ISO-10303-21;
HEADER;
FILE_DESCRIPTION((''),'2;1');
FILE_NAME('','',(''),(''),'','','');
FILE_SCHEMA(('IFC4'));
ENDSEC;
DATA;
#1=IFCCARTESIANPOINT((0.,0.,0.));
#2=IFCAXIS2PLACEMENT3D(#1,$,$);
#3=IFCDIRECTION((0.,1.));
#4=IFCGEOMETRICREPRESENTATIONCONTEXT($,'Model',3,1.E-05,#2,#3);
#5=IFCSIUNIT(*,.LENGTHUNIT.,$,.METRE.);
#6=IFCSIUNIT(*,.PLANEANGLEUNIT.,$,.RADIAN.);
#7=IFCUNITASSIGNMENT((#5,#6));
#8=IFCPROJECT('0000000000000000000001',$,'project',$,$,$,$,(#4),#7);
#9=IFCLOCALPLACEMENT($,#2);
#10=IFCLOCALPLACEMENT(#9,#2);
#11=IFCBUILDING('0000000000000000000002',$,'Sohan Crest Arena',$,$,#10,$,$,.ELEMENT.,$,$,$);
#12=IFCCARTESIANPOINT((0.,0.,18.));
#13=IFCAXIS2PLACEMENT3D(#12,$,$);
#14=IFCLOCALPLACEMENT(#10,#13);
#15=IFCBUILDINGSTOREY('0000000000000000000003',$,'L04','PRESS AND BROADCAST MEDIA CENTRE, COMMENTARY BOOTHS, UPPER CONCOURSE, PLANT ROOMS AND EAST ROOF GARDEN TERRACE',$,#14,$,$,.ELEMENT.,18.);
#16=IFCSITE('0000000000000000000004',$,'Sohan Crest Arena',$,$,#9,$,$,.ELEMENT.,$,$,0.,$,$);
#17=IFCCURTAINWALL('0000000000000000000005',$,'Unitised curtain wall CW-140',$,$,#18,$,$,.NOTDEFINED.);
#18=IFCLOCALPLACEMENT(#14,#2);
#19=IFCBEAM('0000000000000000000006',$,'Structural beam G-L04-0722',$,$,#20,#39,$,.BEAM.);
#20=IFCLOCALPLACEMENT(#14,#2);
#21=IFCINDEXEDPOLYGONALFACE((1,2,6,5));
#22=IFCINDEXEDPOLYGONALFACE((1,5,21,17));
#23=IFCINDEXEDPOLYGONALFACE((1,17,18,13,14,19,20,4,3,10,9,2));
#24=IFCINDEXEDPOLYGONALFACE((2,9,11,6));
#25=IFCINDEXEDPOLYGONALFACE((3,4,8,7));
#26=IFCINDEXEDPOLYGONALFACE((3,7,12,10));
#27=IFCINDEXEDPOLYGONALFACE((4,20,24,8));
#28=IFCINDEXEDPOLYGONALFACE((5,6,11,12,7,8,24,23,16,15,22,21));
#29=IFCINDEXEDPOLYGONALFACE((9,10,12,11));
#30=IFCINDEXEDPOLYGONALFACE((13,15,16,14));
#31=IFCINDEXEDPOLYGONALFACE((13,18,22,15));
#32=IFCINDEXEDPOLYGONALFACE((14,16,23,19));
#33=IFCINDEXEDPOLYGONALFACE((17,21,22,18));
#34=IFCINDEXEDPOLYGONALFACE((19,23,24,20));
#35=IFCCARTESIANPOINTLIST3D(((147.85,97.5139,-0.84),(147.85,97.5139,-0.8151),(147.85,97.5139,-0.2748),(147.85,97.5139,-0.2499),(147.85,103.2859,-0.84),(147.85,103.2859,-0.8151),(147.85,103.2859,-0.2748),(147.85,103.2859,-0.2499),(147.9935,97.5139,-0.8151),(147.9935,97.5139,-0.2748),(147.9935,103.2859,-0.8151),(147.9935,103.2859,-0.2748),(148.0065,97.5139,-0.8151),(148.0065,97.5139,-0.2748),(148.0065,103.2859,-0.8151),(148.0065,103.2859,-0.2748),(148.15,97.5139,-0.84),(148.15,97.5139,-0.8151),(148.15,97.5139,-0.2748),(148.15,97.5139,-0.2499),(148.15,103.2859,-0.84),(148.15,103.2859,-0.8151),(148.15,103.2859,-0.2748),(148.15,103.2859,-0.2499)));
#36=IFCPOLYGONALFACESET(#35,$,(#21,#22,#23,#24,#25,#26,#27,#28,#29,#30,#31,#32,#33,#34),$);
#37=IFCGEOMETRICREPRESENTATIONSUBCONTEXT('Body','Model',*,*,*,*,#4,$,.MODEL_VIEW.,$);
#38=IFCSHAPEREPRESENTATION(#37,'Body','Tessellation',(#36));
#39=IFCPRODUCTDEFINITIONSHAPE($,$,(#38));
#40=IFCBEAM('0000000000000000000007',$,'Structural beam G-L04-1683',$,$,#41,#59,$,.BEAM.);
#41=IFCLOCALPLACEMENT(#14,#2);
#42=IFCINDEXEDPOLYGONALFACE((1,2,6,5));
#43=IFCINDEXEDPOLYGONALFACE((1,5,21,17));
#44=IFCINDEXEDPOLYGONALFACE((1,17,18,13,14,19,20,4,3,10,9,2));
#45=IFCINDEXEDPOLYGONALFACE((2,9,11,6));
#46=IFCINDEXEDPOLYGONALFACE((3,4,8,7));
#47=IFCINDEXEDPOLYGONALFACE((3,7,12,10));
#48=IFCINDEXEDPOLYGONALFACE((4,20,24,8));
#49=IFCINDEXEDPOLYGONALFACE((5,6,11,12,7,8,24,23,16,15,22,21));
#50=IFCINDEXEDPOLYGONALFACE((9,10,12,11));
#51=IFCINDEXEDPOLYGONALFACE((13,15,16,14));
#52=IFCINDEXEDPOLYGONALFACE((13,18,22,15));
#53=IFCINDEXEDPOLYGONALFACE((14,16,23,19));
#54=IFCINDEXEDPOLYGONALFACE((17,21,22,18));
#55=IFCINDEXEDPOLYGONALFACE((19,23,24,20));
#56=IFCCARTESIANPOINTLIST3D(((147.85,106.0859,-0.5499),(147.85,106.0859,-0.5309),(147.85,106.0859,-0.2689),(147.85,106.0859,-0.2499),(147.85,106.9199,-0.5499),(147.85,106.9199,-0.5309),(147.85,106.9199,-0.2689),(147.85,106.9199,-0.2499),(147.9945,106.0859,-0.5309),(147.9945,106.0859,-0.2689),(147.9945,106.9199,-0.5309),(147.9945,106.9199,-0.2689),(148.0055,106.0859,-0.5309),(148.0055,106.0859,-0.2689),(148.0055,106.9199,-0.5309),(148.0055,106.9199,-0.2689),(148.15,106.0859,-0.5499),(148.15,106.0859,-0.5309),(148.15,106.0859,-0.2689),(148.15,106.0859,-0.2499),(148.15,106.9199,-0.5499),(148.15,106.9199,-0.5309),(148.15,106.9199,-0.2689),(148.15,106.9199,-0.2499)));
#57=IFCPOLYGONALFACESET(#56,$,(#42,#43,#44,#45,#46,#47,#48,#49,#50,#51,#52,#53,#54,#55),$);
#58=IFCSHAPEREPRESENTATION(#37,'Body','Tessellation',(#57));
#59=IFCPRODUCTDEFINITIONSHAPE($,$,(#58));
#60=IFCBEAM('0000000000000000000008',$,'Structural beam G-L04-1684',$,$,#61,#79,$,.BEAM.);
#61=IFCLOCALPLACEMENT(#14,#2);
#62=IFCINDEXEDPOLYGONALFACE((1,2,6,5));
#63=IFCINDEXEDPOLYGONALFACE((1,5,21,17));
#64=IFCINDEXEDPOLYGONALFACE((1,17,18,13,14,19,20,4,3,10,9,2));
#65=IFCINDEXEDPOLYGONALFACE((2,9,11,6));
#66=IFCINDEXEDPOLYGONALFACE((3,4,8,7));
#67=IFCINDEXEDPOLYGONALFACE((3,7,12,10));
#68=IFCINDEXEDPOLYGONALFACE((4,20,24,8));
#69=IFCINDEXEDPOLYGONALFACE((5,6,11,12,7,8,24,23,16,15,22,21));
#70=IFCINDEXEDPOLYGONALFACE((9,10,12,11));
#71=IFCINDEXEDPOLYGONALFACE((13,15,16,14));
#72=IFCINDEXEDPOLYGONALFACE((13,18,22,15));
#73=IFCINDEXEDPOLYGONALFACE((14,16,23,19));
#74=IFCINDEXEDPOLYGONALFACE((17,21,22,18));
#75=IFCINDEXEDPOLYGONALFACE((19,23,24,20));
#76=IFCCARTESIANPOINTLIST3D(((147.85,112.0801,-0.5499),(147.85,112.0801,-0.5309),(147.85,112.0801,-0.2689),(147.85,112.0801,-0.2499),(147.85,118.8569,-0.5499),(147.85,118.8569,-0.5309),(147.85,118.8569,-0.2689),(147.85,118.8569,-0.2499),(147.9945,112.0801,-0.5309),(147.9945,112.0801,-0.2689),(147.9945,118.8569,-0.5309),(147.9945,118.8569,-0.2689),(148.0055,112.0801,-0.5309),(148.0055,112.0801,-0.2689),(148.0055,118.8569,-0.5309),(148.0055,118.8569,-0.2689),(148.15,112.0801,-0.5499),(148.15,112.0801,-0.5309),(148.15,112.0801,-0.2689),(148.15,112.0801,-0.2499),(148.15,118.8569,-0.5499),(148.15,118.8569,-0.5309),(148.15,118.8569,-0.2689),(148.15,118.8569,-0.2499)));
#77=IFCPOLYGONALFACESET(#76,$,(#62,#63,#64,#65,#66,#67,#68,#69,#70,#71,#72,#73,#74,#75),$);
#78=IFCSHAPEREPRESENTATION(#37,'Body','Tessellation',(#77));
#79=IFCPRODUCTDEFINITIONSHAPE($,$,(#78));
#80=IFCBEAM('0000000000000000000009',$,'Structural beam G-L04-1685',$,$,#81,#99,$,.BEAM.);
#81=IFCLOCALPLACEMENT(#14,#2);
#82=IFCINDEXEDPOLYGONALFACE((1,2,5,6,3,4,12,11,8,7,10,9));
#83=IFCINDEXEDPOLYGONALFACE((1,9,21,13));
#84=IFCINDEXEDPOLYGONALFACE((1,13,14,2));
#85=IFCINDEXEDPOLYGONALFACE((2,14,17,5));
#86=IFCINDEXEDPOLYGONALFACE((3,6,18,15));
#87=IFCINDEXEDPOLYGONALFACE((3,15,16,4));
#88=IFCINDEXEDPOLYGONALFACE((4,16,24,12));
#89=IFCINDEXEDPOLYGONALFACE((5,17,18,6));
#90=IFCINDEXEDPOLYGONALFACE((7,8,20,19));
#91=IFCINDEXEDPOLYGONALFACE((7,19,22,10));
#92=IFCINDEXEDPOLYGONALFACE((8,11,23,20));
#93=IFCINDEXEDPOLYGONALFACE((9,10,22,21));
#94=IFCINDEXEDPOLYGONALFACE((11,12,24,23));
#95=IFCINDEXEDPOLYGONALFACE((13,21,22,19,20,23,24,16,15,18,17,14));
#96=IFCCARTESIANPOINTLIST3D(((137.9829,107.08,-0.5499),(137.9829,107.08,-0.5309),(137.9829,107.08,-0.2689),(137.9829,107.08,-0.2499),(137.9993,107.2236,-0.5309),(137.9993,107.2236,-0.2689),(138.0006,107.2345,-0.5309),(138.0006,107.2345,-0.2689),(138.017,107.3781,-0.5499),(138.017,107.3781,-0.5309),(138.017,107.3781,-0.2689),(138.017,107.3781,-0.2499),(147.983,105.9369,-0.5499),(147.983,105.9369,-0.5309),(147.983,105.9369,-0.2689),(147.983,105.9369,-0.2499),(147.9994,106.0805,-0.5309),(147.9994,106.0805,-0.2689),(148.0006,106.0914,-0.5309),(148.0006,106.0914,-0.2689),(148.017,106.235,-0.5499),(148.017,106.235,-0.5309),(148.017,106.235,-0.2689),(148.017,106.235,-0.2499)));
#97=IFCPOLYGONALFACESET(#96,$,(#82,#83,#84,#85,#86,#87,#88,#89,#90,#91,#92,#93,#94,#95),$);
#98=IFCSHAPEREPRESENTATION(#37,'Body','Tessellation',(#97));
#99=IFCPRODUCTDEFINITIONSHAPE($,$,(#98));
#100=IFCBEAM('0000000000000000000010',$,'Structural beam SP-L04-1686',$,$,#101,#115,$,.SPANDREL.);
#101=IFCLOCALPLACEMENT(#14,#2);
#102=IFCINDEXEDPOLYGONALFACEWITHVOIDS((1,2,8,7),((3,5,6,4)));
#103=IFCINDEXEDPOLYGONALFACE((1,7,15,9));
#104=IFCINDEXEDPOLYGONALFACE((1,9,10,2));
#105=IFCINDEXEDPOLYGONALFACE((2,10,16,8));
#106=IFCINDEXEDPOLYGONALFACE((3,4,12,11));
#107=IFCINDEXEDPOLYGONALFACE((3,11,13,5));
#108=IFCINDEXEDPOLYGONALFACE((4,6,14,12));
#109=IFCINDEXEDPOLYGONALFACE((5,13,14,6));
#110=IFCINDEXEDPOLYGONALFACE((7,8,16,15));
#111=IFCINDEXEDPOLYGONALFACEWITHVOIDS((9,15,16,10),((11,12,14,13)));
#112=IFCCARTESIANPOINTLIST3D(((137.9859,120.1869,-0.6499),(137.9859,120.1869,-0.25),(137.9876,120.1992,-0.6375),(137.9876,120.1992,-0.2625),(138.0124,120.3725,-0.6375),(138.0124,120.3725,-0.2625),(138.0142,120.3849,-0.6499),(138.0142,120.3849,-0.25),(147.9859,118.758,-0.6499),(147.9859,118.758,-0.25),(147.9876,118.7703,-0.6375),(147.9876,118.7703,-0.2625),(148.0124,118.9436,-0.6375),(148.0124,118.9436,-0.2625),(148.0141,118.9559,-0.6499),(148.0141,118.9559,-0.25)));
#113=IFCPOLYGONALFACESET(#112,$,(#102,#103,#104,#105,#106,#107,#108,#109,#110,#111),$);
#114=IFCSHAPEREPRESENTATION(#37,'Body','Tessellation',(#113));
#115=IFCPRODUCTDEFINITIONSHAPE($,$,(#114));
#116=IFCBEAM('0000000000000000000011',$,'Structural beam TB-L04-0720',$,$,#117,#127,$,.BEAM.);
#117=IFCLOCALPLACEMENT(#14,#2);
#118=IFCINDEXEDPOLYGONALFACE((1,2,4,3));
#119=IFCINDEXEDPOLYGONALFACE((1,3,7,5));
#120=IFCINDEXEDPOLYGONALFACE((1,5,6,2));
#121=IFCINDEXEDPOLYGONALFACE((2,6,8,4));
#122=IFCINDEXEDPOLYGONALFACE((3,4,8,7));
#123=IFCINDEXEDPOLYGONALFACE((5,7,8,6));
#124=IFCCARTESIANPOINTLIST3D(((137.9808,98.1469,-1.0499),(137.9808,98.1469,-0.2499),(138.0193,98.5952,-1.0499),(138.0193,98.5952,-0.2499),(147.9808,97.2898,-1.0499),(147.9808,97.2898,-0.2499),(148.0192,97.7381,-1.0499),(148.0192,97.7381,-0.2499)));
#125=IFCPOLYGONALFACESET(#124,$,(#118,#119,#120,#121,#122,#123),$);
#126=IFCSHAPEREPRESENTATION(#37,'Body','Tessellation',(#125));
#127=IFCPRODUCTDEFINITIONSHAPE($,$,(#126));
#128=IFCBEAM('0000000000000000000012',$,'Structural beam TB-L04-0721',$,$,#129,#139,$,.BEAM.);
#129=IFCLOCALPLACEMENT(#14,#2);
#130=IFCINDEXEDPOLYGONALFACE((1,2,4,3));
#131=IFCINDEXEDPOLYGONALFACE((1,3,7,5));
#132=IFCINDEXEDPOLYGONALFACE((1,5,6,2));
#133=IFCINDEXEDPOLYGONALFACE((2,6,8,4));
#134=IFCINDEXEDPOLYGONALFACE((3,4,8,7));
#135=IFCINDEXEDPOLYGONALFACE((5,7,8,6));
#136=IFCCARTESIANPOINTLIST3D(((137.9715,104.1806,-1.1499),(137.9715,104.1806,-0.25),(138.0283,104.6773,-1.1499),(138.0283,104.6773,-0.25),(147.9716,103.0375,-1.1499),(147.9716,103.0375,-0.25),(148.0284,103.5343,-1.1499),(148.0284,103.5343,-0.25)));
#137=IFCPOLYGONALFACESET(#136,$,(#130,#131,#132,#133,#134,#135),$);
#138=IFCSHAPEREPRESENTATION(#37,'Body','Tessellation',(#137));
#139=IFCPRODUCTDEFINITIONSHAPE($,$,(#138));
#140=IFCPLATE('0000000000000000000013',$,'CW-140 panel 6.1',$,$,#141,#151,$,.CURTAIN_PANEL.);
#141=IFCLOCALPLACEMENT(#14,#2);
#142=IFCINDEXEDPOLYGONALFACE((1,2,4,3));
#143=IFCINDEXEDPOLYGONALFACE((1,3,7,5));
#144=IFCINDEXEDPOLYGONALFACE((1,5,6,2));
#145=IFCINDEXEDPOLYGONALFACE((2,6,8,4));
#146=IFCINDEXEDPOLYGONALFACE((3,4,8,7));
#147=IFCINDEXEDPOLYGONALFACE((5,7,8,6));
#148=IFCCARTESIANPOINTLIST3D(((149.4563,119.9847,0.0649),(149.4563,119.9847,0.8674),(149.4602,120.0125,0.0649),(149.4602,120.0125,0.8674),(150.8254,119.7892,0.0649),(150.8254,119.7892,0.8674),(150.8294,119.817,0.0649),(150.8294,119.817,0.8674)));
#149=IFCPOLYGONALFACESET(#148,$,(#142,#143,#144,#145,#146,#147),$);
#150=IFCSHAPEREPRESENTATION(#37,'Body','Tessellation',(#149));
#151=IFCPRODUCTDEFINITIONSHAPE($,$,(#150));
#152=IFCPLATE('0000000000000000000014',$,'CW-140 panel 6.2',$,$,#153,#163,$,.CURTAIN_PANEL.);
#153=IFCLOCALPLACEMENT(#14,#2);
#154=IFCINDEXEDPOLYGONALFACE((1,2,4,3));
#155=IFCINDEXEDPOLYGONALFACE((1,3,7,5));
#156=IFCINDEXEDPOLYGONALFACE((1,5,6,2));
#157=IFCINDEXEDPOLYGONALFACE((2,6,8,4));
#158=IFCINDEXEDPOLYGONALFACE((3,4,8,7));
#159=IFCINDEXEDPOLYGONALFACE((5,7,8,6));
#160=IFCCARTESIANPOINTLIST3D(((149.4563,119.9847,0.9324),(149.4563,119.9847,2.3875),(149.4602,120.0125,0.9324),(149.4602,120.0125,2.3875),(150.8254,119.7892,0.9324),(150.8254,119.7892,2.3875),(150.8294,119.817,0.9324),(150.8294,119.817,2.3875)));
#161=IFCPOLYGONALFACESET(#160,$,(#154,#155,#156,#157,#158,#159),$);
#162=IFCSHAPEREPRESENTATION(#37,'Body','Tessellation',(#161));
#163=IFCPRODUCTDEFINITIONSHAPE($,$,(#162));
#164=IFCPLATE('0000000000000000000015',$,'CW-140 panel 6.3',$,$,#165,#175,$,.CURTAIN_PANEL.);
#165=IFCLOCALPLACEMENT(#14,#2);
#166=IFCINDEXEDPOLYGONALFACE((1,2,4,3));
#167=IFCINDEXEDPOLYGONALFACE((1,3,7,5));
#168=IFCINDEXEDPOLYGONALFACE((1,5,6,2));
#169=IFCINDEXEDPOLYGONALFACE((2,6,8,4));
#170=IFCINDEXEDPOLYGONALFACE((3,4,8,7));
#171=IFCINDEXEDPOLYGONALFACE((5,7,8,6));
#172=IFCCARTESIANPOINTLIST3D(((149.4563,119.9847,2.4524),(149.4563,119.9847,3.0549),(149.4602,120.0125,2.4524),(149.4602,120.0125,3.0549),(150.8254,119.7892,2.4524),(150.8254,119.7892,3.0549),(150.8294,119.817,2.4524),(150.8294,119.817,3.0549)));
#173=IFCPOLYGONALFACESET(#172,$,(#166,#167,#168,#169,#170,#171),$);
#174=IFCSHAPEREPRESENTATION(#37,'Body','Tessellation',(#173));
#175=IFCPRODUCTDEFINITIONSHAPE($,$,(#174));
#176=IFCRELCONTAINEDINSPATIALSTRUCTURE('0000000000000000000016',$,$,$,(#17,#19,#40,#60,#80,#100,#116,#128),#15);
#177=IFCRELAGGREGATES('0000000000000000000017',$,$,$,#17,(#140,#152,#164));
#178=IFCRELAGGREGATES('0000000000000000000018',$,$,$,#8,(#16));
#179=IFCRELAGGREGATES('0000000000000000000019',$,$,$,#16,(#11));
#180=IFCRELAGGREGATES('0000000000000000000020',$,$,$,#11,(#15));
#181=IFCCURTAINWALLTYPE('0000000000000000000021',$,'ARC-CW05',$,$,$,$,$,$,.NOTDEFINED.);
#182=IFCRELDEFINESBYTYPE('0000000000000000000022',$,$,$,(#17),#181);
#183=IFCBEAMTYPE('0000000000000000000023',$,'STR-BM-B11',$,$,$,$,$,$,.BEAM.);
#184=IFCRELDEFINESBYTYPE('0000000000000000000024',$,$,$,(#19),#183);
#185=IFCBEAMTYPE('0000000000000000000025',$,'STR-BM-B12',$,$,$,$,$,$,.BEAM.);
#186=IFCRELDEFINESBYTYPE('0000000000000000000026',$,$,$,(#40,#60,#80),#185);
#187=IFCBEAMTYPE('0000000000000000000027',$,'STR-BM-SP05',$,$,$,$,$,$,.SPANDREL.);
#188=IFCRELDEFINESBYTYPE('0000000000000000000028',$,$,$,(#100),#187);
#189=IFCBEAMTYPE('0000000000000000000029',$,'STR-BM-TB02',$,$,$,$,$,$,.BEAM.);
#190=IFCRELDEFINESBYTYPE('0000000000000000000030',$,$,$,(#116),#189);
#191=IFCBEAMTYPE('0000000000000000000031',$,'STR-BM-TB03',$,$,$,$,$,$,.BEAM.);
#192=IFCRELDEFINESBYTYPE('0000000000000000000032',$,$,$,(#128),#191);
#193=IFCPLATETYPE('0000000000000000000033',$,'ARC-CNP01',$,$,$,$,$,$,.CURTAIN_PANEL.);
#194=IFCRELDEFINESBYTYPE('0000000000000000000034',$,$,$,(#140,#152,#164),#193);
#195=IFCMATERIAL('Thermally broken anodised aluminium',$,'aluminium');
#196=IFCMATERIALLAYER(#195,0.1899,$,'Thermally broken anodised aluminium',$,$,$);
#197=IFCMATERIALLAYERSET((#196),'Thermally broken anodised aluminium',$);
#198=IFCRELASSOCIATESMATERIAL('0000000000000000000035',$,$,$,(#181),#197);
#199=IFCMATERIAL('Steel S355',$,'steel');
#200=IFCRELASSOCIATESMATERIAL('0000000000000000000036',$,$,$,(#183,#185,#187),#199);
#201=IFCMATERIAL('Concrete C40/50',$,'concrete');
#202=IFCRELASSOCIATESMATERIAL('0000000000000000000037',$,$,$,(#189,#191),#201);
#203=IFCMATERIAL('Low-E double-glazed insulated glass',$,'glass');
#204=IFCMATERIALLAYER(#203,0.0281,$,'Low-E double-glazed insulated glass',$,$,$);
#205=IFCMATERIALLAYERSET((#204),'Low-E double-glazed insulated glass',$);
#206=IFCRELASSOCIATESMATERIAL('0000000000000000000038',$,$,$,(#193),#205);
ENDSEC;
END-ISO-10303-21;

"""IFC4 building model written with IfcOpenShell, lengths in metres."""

from ifc_helpers import new_model, si_unit, direction, frame, origin, origin_2d, place, context, subcontext, project, spatial, rectangle, hollow_rectangle, i_section, extrude, material, layer, layer_set, material_profile, profile_set, type_object, element, aggregate, save


model = new_model("IFC4")

# Units and contexts
model_context = context("Model", 3, precision=1e-05, world=origin(), true_north=direction((0.0, 1.0)))
body_context = subcontext(model_context, "Body", "Model", "MODEL_VIEW")
ifc_project = project(units=[si_unit("LENGTHUNIT", "METRE"), si_unit("PLANEANGLEUNIT", "RADIAN")], contexts=[model_context])

# Site, building, storey
site_placement = place(None, origin())
site = spatial("IfcSite", under=ifc_project, at=site_placement, Name="Sohan Crest Arena", CompositionType="ELEMENT", RefElevation=0.0)
building_placement = place(site_placement, origin())
building = spatial("IfcBuilding", under=site, at=building_placement, Name="Sohan Crest Arena", CompositionType="ELEMENT")
storey_placement = place(building_placement, frame((0.0, 0.0, 18.0)))
storey = spatial("IfcBuildingStorey", under=building, at=storey_placement, Name="L04", Description="PRESS AND BROADCAST MEDIA CENTRE, COMMENTARY BOOTHS, UPPER CONCOURSE, PLANT ROOMS AND EAST ROOF GARDEN TERRACE", CompositionType="ELEMENT", Elevation=18.0)

# Shared definitions
ifc_material_1 = material(Name="Concrete C40/50", Category="concrete")
ifc_material_2 = material(Name="Steel S355", Category="steel")

# Curtain wall
ifc_material_3 = material(Name="Thermally broken anodised aluminium", Category="aluminium")
ifc_layer_1 = layer(ifc_material_3, 0.1899, Name="Thermally broken anodised aluminium")
ifc_layer_set_1 = layer_set([ifc_layer_1], Name="Thermally broken anodised aluminium")
curtain_wall_type = type_object("IfcCurtainWallType", Name="ARC-CW05", PredefinedType="NOTDEFINED", material=ifc_layer_set_1)
curtain_wall_placement = place(storey_placement, origin())
curtain_wall = element("IfcCurtainWall", 1, at=curtain_wall_placement, inside=storey, type_object=curtain_wall_type, Name="Unitised curtain wall CW-140", PredefinedType="NOTDEFINED")

# Beams
ifc_material_profile_1 = material_profile(ifc_material_2, i_section(OverallWidth=0.3, OverallDepth=0.5901, WebThickness=0.0129, FlangeThickness=0.0249, at=origin_2d()), Name="HEA 600")
ifc_profile_set_1 = profile_set([ifc_material_profile_1], Name="Steel S355")
beam_type_1 = type_object("IfcBeamType", Name="STR-BM-B11", PredefinedType="BEAM", material=ifc_profile_set_1)
beam_1_placement = place(storey_placement, frame((148.0, 97.5139, -0.5449), z_axis=(0.0, 1.0, 0.0), x_axis=(-1.0, 0.0, 0.0)))
element("IfcBeam", 2, at=beam_1_placement, inside=storey, type_object=beam_type_1, Name="Structural beam G-L04-0722", PredefinedType="BEAM", context=body_context, shape_type="SweptSolid", body=[
    extrude(i_section(OverallWidth=0.3, OverallDepth=0.5901, WebThickness=0.0129, FlangeThickness=0.0249, at=origin_2d()), origin(), (0.0, 0.0, 1.0), 5.772),
])
ifc_material_profile_2 = material_profile(ifc_material_2, i_section(OverallWidth=0.3, OverallDepth=0.3, WebThickness=0.011, FlangeThickness=0.019, at=origin_2d()), Name="HEB 300")
ifc_profile_set_2 = profile_set([ifc_material_profile_2], Name="Steel S355")
beam_type_2 = type_object("IfcBeamType", Name="STR-BM-B12", PredefinedType="BEAM", material=ifc_profile_set_2)
beam_2_placement = place(storey_placement, frame((148.0, 106.0859, -0.3999), z_axis=(0.0, 1.0, 0.0), x_axis=(-1.0, 0.0, 0.0)))
element("IfcBeam", 3, at=beam_2_placement, inside=storey, type_object=beam_type_2, Name="Structural beam G-L04-1683", PredefinedType="BEAM", context=body_context, shape_type="SweptSolid", body=[
    extrude(i_section(OverallWidth=0.3, OverallDepth=0.3, WebThickness=0.011, FlangeThickness=0.019, at=origin_2d()), origin(), (0.0, 0.0, 1.0), 0.834),
])
beam_3_placement = place(storey_placement, frame((148.0, 112.0801, -0.3999), z_axis=(0.0, 1.0, 0.0), x_axis=(-1.0, 0.0, 0.0)))
element("IfcBeam", 4, at=beam_3_placement, inside=storey, type_object=beam_type_2, Name="Structural beam G-L04-1684", PredefinedType="BEAM", context=body_context, shape_type="SweptSolid", body=[
    extrude(i_section(OverallWidth=0.3, OverallDepth=0.3, WebThickness=0.011, FlangeThickness=0.019, at=origin_2d()), origin(), (0.0, 0.0, 1.0), 6.7769),
])
beam_4_placement = place(storey_placement, frame((148.0, 106.0859, -0.3999), z_axis=(-0.99353, 0.113567, 0.0), x_axis=(-0.113567, -0.99353, 0.0)))
element("IfcBeam", 5, at=beam_4_placement, inside=storey, type_object=beam_type_2, Name="Structural beam G-L04-1685", PredefinedType="BEAM", context=body_context, shape_type="SweptSolid", body=[
    extrude(i_section(OverallWidth=0.3, OverallDepth=0.3, WebThickness=0.011, FlangeThickness=0.019, at=origin_2d()), origin(), (0.0, 0.0, 1.0), 10.0652),
])
ifc_material_profile_3 = material_profile(ifc_material_2, hollow_rectangle(XDim=0.2, YDim=0.3999, WallThickness=0.0125, at=origin_2d()), Name="RHS 400x200x12.5")
ifc_profile_set_3 = profile_set([ifc_material_profile_3], Name="Steel S355")
beam_type_3 = type_object("IfcBeamType", Name="STR-BM-SP05", PredefinedType="SPANDREL", material=ifc_profile_set_3)
beam_5_placement = place(storey_placement, frame((148.0, 118.8569, -0.45), z_axis=(-0.989944, 0.141459, 0.0), x_axis=(-0.141459, -0.989944, 0.0)))
element("IfcBeam", 6, at=beam_5_placement, inside=storey, type_object=beam_type_3, Name="Structural beam SP-L04-1686", PredefinedType="SPANDREL", context=body_context, shape_type="SweptSolid", body=[
    extrude(hollow_rectangle(XDim=0.2, YDim=0.3999, WallThickness=0.0125, at=origin_2d()), origin(), (0.0, 0.0, 1.0), 10.1016),
])
ifc_material_profile_4 = material_profile(ifc_material_1, rectangle(XDim=0.45, YDim=0.8, at=origin_2d()), Name="RC-BM 450x800")
ifc_profile_set_4 = profile_set([ifc_material_profile_4], Name="Concrete C40/50")
beam_type_4 = type_object("IfcBeamType", Name="STR-BM-TB02", PredefinedType="BEAM", material=ifc_profile_set_4)
beam_6_placement = place(storey_placement, frame((148.0, 97.5139, -0.6499), z_axis=(-0.996346, 0.085405, 0.0), x_axis=(-0.085405, -0.996346, 0.0)))
element("IfcBeam", 7, at=beam_6_placement, inside=storey, type_object=beam_type_4, Name="Structural beam TB-L04-0720", PredefinedType="BEAM", context=body_context, shape_type="SweptSolid", body=[
    extrude(rectangle(XDim=0.45, YDim=0.8, at=origin_2d()), origin(), (0.0, 0.0, 1.0), 10.0366),
])
ifc_material_profile_5 = material_profile(ifc_material_1, rectangle(XDim=0.5, YDim=0.8999, at=origin_2d()), Name="RC-BM 500x900")
ifc_profile_set_5 = profile_set([ifc_material_profile_5], Name="Concrete C40/50")
beam_type_5 = type_object("IfcBeamType", Name="STR-BM-TB03", PredefinedType="BEAM", material=ifc_profile_set_5)
beam_7_placement = place(storey_placement, frame((148.0, 103.2859, -0.7), z_axis=(-0.99353, 0.113567, 0.0), x_axis=(-0.113567, -0.99353, 0.0)))
element("IfcBeam", 8, at=beam_7_placement, inside=storey, type_object=beam_type_5, Name="Structural beam TB-L04-0721", PredefinedType="BEAM", context=body_context, shape_type="SweptSolid", body=[
    extrude(rectangle(XDim=0.5, YDim=0.8999, at=origin_2d()), origin(), (0.0, 0.0, 1.0), 10.0652),
])

# Plates
ifc_material_4 = material(Name="Low-E double-glazed insulated glass", Category="glass")
ifc_layer_2 = layer(ifc_material_4, 0.0281, Name="Low-E double-glazed insulated glass")
ifc_layer_set_2 = layer_set([ifc_layer_2], Name="Low-E double-glazed insulated glass")
plate_type = type_object("IfcPlateType", Name="ARC-CNP01", PredefinedType="CURTAIN_PANEL", material=ifc_layer_set_2)
plate_1_placement = place(storey_placement, frame((150.1428, 119.9009, 0.0649), z_axis=(0.0, 0.0, 1.0), x_axis=(-0.989957, 0.141366, 0.0)))
plate_1 = element("IfcPlate", 9, at=plate_1_placement, type_object=plate_type, Name="CW-140 panel 6.1", PredefinedType="CURTAIN_PANEL", context=body_context, shape_type="SweptSolid", body=[
    extrude(rectangle(XDim=1.3831, YDim=0.0281, at=origin_2d()), origin(), (0.0, 0.0, 1.0), 0.8025),
])
plate_2_placement = place(storey_placement, frame((150.1428, 119.9009, 0.9324), z_axis=(0.0, 0.0, 1.0), x_axis=(-0.989957, 0.141366, 0.0)))
plate_2 = element("IfcPlate", 10, at=plate_2_placement, type_object=plate_type, Name="CW-140 panel 6.2", PredefinedType="CURTAIN_PANEL", context=body_context, shape_type="SweptSolid", body=[
    extrude(rectangle(XDim=1.3831, YDim=0.0281, at=origin_2d()), origin(), (0.0, 0.0, 1.0), 1.4551),
])
plate_3_placement = place(storey_placement, frame((150.1428, 119.9009, 2.4524), z_axis=(0.0, 0.0, 1.0), x_axis=(-0.989957, 0.141366, 0.0)))
plate_3 = element("IfcPlate", 11, at=plate_3_placement, type_object=plate_type, Name="CW-140 panel 6.3", PredefinedType="CURTAIN_PANEL", context=body_context, shape_type="SweptSolid", body=[
    extrude(rectangle(XDim=1.3831, YDim=0.0281, at=origin_2d()), origin(), (0.0, 0.0, 1.0), 0.6025),
])
aggregate(curtain_wall, [plate_1, plate_2, plate_3])

save(model, "model.ifc")
